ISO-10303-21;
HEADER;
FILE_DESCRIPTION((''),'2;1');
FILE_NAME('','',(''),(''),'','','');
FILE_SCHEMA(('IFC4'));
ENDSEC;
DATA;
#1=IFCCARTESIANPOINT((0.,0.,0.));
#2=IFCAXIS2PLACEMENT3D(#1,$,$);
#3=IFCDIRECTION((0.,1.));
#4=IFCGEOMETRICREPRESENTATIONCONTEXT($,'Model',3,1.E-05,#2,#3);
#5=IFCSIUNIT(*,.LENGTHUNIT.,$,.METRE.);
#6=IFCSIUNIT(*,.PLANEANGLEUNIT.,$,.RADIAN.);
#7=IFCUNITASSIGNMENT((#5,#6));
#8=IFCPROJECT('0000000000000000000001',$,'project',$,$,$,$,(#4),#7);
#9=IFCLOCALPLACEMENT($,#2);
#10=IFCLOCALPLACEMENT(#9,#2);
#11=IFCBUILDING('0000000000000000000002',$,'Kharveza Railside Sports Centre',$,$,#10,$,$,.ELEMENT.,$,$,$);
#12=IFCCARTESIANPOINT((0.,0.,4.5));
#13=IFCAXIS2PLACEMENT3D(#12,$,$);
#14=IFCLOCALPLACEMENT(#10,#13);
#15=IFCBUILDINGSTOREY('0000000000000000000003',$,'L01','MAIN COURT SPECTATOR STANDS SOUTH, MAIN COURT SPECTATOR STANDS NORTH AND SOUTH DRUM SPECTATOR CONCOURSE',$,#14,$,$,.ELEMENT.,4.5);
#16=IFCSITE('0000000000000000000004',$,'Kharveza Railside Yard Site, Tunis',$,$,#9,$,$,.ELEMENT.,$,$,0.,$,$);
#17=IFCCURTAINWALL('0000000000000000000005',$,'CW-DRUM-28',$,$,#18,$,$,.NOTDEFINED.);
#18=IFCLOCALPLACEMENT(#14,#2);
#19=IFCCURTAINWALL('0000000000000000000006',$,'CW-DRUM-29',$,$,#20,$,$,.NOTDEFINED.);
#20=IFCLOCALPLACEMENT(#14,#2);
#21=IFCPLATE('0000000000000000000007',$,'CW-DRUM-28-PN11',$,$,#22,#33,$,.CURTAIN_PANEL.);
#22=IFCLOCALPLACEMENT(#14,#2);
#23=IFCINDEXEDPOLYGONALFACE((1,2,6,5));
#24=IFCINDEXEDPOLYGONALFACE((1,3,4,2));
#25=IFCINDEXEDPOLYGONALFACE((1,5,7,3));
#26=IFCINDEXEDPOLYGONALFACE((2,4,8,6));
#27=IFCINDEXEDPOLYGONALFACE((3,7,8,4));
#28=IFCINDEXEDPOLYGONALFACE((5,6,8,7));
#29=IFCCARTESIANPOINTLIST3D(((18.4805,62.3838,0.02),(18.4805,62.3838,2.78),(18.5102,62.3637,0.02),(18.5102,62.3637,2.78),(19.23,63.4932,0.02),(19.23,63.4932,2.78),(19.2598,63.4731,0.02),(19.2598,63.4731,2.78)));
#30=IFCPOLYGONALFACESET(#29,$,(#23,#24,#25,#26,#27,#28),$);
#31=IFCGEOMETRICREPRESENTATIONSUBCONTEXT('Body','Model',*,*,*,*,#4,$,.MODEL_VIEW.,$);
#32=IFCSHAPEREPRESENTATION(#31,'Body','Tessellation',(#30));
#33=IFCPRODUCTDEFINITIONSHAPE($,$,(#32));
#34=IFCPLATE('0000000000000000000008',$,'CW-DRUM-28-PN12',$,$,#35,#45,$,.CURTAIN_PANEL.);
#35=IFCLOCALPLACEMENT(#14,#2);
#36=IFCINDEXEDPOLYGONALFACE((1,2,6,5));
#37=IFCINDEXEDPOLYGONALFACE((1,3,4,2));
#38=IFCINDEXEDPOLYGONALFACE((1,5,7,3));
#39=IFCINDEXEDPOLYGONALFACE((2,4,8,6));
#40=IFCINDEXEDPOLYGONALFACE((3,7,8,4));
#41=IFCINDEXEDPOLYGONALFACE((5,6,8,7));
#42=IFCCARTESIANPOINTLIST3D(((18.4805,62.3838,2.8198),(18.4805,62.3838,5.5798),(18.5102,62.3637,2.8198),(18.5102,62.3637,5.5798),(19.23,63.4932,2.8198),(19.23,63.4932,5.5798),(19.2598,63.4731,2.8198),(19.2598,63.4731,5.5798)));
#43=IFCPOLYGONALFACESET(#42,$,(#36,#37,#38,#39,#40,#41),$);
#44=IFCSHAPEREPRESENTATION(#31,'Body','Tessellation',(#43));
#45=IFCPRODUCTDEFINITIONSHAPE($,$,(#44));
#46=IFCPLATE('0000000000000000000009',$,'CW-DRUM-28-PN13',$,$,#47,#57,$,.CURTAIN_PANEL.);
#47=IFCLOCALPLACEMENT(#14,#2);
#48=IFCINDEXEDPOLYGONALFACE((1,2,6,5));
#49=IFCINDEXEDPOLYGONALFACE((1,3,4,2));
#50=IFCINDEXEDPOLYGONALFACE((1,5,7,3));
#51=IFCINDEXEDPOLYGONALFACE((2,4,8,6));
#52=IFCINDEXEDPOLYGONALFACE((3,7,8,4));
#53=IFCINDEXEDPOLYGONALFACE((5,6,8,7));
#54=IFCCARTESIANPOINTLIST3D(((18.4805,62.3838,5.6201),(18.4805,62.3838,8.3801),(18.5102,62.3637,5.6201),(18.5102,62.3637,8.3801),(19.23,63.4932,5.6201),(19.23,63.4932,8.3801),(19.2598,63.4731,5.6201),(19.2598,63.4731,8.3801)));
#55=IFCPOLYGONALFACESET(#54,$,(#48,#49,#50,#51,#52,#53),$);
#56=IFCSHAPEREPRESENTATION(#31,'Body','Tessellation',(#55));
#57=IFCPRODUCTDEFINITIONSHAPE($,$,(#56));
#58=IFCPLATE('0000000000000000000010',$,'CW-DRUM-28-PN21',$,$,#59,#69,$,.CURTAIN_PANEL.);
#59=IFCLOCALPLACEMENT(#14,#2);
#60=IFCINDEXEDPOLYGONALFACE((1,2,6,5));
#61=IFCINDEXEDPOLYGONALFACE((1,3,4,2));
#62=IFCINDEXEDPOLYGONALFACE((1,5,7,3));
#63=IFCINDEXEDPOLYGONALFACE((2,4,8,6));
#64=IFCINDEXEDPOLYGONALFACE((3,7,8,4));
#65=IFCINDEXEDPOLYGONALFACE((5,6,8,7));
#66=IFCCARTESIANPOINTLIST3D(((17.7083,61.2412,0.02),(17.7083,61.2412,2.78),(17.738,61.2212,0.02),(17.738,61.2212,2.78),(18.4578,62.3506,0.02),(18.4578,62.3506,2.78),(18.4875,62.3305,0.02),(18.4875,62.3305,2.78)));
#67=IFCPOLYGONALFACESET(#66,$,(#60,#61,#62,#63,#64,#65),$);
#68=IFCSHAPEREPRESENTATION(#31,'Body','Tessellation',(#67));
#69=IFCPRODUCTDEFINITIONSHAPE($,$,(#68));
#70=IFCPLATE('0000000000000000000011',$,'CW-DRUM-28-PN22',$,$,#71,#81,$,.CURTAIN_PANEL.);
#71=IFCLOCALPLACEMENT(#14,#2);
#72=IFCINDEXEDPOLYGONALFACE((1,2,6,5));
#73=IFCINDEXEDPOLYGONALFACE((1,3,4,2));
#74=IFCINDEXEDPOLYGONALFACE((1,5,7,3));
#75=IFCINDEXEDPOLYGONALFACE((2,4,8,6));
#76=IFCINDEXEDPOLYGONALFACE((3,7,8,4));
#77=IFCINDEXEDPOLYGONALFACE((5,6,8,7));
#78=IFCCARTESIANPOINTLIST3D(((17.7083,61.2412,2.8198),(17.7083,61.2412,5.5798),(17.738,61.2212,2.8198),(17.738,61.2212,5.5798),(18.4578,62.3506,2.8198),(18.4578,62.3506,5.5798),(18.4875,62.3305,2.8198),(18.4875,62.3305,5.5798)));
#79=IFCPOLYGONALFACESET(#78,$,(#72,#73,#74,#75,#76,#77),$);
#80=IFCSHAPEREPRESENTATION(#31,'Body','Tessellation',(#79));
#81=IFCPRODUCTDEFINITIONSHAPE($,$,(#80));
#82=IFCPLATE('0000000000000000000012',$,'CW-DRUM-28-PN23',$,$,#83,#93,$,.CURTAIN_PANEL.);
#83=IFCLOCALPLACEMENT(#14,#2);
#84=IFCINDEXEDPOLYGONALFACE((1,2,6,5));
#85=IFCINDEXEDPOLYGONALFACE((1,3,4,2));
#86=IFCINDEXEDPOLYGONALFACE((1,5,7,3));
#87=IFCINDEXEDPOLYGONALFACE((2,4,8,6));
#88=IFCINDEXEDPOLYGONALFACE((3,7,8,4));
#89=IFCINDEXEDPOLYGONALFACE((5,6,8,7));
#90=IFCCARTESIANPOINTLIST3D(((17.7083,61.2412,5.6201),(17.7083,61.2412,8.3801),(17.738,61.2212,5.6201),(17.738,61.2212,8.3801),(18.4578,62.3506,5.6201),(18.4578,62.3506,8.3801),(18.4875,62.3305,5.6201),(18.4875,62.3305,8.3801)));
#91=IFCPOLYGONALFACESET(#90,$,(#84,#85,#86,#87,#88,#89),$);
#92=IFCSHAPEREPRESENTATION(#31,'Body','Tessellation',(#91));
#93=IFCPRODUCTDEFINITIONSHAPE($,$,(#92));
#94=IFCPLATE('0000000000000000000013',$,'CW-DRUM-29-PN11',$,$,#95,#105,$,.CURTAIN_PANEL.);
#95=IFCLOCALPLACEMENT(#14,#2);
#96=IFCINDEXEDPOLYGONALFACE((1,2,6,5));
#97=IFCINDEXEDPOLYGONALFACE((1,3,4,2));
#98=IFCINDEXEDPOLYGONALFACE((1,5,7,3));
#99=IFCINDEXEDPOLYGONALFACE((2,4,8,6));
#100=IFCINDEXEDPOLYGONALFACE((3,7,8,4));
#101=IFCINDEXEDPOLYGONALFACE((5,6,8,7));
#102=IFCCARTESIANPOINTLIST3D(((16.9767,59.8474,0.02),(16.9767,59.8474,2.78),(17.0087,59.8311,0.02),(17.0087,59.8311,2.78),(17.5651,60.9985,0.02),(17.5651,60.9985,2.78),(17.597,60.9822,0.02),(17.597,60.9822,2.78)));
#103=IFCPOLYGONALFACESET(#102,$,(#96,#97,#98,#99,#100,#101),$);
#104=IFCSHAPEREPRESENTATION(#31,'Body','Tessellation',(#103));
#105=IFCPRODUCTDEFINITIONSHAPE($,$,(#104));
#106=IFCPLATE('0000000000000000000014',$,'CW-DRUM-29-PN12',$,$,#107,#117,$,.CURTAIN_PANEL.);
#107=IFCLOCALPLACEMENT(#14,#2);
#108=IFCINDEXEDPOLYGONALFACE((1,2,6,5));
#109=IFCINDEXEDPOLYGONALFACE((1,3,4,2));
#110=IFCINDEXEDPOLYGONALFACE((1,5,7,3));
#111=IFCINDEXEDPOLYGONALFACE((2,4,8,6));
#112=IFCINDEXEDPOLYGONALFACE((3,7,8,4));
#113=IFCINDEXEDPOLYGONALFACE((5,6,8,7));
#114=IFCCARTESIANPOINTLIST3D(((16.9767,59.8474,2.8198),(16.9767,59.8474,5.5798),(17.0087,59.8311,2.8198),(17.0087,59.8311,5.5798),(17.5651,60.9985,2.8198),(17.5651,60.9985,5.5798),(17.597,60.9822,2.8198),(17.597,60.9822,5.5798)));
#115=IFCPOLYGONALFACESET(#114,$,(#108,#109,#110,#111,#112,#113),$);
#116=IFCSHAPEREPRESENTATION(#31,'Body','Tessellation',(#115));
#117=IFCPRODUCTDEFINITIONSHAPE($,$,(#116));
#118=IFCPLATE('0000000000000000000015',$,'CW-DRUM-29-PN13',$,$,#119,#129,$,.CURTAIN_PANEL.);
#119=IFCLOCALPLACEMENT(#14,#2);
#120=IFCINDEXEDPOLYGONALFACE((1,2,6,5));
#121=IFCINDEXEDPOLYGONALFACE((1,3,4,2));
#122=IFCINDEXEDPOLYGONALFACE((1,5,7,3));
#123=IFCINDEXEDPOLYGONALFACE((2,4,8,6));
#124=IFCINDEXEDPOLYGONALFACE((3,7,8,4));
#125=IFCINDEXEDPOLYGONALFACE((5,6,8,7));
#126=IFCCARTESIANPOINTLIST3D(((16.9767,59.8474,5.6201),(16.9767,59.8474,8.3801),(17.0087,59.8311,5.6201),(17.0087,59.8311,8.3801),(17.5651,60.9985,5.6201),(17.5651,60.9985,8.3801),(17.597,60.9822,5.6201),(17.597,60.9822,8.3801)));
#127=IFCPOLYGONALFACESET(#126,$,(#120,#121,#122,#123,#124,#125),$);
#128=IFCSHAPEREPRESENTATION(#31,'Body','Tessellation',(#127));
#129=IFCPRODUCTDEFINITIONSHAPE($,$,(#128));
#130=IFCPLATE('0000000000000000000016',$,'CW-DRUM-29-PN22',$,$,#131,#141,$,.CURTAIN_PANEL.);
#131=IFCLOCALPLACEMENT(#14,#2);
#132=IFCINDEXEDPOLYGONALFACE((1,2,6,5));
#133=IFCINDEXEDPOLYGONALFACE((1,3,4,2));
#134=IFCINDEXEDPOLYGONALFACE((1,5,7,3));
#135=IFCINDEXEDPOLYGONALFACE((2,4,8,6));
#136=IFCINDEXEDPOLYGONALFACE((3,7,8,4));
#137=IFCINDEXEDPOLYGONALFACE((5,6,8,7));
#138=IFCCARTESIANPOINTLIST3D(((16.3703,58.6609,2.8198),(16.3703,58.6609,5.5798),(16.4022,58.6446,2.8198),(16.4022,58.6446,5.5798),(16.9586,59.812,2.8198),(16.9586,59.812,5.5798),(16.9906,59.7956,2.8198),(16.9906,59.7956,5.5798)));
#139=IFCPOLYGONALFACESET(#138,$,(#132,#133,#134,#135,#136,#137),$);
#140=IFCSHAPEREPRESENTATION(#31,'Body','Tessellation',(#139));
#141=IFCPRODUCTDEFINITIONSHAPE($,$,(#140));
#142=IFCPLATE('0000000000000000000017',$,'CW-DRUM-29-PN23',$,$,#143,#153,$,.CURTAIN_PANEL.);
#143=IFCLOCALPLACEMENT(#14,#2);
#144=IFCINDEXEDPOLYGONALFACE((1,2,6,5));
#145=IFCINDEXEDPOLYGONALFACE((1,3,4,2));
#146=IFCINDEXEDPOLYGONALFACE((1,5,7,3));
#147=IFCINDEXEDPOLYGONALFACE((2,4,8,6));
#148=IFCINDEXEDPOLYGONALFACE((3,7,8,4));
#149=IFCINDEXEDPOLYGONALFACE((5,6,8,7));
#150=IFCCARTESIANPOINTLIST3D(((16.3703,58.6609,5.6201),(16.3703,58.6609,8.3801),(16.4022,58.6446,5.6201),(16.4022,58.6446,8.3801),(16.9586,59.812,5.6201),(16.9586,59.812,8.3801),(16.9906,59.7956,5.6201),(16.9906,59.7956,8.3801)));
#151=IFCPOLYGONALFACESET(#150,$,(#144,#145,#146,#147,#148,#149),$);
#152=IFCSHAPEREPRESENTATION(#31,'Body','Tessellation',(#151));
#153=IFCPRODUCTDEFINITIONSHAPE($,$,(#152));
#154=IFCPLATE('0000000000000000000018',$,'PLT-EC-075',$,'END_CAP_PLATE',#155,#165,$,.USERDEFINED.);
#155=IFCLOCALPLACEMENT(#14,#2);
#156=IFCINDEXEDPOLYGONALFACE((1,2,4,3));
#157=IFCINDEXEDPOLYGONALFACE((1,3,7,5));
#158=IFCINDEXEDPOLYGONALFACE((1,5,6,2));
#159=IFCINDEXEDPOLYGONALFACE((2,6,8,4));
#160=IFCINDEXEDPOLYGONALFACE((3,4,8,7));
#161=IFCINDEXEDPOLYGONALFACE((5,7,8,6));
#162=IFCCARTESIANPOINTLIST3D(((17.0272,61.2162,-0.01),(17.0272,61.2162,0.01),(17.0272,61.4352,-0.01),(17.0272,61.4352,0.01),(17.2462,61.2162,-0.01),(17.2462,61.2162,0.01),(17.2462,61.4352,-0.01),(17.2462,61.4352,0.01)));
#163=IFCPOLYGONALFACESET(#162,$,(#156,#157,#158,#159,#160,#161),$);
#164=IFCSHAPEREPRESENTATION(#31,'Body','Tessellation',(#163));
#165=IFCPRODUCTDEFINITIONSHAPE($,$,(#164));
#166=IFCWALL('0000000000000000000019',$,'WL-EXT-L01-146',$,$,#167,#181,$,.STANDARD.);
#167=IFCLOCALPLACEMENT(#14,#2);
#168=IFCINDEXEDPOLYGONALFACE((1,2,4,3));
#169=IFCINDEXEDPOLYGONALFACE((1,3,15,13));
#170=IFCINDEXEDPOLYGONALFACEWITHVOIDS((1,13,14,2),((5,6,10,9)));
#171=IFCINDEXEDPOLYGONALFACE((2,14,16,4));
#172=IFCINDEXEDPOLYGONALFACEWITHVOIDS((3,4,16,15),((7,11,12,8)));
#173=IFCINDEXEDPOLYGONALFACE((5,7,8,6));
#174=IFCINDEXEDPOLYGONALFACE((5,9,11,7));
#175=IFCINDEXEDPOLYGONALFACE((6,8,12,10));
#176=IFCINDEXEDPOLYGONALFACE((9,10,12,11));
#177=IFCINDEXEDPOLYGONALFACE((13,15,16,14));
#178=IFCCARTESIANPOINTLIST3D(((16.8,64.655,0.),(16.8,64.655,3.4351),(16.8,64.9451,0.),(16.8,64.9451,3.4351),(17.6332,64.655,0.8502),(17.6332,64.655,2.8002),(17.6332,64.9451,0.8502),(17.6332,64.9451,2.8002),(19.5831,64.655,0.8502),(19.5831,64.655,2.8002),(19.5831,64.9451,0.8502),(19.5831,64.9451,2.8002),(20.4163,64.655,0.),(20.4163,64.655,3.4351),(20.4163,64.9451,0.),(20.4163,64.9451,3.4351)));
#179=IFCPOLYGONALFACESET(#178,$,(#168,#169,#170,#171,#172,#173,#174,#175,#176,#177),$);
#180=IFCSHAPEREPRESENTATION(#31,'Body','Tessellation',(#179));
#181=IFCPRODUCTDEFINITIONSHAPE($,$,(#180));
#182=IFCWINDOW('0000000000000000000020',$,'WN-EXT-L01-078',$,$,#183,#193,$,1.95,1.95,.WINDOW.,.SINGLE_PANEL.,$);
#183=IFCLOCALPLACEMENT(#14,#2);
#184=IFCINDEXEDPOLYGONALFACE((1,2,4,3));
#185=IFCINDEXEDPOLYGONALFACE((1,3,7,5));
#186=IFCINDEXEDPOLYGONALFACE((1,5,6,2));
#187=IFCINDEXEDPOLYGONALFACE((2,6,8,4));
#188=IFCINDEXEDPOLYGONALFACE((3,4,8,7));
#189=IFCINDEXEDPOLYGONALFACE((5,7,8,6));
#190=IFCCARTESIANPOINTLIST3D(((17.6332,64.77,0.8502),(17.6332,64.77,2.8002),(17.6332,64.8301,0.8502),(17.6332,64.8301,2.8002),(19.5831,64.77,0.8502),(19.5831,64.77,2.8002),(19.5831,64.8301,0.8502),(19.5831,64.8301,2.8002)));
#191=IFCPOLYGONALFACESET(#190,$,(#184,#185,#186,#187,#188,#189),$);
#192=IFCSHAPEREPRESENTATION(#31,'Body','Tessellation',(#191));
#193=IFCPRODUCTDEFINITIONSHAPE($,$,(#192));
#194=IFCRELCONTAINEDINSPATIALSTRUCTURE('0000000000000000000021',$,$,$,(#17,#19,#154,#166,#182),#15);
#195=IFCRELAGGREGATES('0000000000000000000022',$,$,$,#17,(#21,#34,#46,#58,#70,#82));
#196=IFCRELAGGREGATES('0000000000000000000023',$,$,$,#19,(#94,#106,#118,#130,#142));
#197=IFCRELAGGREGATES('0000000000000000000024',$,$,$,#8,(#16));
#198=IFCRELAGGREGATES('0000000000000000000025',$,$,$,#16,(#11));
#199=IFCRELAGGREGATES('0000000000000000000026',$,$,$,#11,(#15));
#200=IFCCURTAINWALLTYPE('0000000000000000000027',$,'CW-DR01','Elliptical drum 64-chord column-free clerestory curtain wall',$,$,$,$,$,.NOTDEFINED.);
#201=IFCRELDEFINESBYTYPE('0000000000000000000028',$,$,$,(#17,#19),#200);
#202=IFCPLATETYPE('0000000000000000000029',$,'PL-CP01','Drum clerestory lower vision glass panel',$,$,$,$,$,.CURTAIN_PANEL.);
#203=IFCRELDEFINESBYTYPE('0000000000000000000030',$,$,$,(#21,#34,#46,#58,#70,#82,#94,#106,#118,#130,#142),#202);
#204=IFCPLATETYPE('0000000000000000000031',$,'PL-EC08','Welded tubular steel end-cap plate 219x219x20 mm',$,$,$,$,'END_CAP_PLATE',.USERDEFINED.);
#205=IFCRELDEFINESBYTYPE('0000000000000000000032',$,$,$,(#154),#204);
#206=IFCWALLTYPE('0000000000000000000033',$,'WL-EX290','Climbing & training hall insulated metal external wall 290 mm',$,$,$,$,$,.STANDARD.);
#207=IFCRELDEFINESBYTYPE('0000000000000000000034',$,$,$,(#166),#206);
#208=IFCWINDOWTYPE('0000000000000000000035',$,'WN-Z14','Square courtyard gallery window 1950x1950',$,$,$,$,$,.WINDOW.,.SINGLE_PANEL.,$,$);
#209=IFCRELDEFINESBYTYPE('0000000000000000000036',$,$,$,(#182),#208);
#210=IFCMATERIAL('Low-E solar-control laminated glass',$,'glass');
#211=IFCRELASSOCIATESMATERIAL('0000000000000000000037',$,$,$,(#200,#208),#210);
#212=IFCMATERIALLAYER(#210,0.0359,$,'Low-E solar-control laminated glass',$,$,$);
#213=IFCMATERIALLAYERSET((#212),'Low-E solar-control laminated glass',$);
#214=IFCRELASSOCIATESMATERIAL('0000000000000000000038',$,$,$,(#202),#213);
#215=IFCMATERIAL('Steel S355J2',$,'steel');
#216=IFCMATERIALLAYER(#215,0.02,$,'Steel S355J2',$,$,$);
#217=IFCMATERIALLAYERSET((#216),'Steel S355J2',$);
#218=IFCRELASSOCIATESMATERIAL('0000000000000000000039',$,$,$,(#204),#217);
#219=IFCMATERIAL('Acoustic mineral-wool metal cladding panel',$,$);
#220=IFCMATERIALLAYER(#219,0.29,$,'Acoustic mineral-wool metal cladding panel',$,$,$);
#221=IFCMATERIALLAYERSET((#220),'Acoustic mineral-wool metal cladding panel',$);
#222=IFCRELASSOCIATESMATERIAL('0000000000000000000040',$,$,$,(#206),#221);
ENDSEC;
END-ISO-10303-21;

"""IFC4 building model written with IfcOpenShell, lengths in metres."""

from ifc_helpers import new_model, si_unit, direction, frame, frame_2d, origin, origin_2d, place, context, subcontext, project, spatial, rectangle, extrude, material, layer, layer_set, type_object, element, fill, aggregate, save


model = new_model("IFC4")

# Units and contexts
model_context = context("Model", 3, precision=1e-05, world=origin(), true_north=direction((0.0, 1.0)))
body_context = subcontext(model_context, "Body", "Model", "MODEL_VIEW")
ifc_project = project(units=[si_unit("LENGTHUNIT", "METRE"), si_unit("PLANEANGLEUNIT", "RADIAN")], contexts=[model_context])

# Site, building, storey
site_placement = place(None, origin())
site = spatial("IfcSite", under=ifc_project, at=site_placement, Name="Kharveza Railside Yard Site, Tunis", CompositionType="ELEMENT", RefElevation=0.0)
building_placement = place(site_placement, origin())
building = spatial("IfcBuilding", under=site, at=building_placement, Name="Kharveza Railside Sports Centre", CompositionType="ELEMENT")
storey_placement = place(building_placement, frame((0.0, 0.0, 4.5)))
storey = spatial("IfcBuildingStorey", under=building, at=storey_placement, Name="L01", Description="MAIN COURT SPECTATOR STANDS SOUTH, MAIN COURT SPECTATOR STANDS NORTH AND SOUTH DRUM SPECTATOR CONCOURSE", CompositionType="ELEMENT", Elevation=4.5)

# Shared definitions
ifc_material_1 = material(Name="Steel S355J2", Category="steel")

# Curtain walls
ifc_material_2 = material(Name="Low-E solar-control laminated glass", Category="glass")
curtain_wall_type = type_object("IfcCurtainWallType", Name="CW-DR01", Description="Elliptical drum 64-chord column-free clerestory curtain wall", PredefinedType="NOTDEFINED", material=ifc_material_2)
curtain_wall_1_placement = place(storey_placement, origin())
curtain_wall_1 = element("IfcCurtainWall", 1, at=curtain_wall_1_placement, inside=storey, type_object=curtain_wall_type, Name="CW-DRUM-28", PredefinedType="NOTDEFINED")
curtain_wall_2_placement = place(storey_placement, origin())
curtain_wall_2 = element("IfcCurtainWall", 2, at=curtain_wall_2_placement, inside=storey, type_object=curtain_wall_type, Name="CW-DRUM-29", PredefinedType="NOTDEFINED")

# Plates
ifc_layer_1 = layer(ifc_material_2, 0.0359, Name="Low-E solar-control laminated glass")
ifc_layer_set_1 = layer_set([ifc_layer_1], Name="Low-E solar-control laminated glass")
plate_type_1 = type_object("IfcPlateType", Name="PL-CP01", Description="Drum clerestory lower vision glass panel", PredefinedType="CURTAIN_PANEL", material=ifc_layer_set_1)
plate_1_placement = place(storey_placement, frame((18.8701, 62.9285, 0.02), z_axis=(0.0, 0.0, 1.0), x_axis=(-0.559844, -0.828598, 0.0)))
plate_1 = element("IfcPlate", 3, at=plate_1_placement, type_object=plate_type_1, Name="CW-DRUM-28-PN11", PredefinedType="CURTAIN_PANEL", context=body_context, shape_type="SweptSolid", body=[
    extrude(rectangle(XDim=1.3389, YDim=0.0359, at=origin_2d()), origin(), (0.0, 0.0, 1.0), 2.76),
])
plate_2_placement = place(storey_placement, frame((18.8701, 62.9285, 2.8198), z_axis=(0.0, 0.0, 1.0), x_axis=(-0.559844, -0.828598, 0.0)))
plate_2 = element("IfcPlate", 4, at=plate_2_placement, type_object=plate_type_1, Name="CW-DRUM-28-PN12", PredefinedType="CURTAIN_PANEL", context=body_context, shape_type="SweptSolid", body=[
    extrude(rectangle(XDim=1.3389, YDim=0.0359, at=origin_2d()), origin(), (0.0, 0.0, 1.0), 2.76),
])
plate_3_placement = place(storey_placement, frame((18.8701, 62.9285, 5.6201), z_axis=(0.0, 0.0, 1.0), x_axis=(-0.559844, -0.828598, 0.0)))
plate_3 = element("IfcPlate", 5, at=plate_3_placement, type_object=plate_type_1, Name="CW-DRUM-28-PN13", PredefinedType="CURTAIN_PANEL", context=body_context, shape_type="SweptSolid", body=[
    extrude(rectangle(XDim=1.3389, YDim=0.0359, at=origin_2d()), origin(), (0.0, 0.0, 1.0), 2.76),
])
plate_4_placement = place(storey_placement, frame((18.0979, 61.7859, 0.02), z_axis=(0.0, 0.0, 1.0), x_axis=(-0.559844, -0.828598, 0.0)))
plate_4 = element("IfcPlate", 6, at=plate_4_placement, type_object=plate_type_1, Name="CW-DRUM-28-PN21", PredefinedType="CURTAIN_PANEL", context=body_context, shape_type="SweptSolid", body=[
    extrude(rectangle(XDim=1.3389, YDim=0.0359, at=origin_2d()), origin(), (0.0, 0.0, 1.0), 2.76),
])
plate_5_placement = place(storey_placement, frame((18.0979, 61.7859, 2.8198), z_axis=(0.0, 0.0, 1.0), x_axis=(-0.559844, -0.828598, 0.0)))
plate_5 = element("IfcPlate", 7, at=plate_5_placement, type_object=plate_type_1, Name="CW-DRUM-28-PN22", PredefinedType="CURTAIN_PANEL", context=body_context, shape_type="SweptSolid", body=[
    extrude(rectangle(XDim=1.3389, YDim=0.0359, at=origin_2d()), origin(), (0.0, 0.0, 1.0), 2.76),
])
plate_6_placement = place(storey_placement, frame((18.0979, 61.7859, 5.6201), z_axis=(0.0, 0.0, 1.0), x_axis=(-0.559844, -0.828598, 0.0)))
plate_6 = element("IfcPlate", 8, at=plate_6_placement, type_object=plate_type_1, Name="CW-DRUM-28-PN23", PredefinedType="CURTAIN_PANEL", context=body_context, shape_type="SweptSolid", body=[
    extrude(rectangle(XDim=1.3389, YDim=0.0359, at=origin_2d()), origin(), (0.0, 0.0, 1.0), 2.76),
])
aggregate(curtain_wall_1, [plate_1, plate_2, plate_3, plate_4, plate_5, plate_6])
plate_7_placement = place(storey_placement, frame((17.2869, 60.4148, 0.02), z_axis=(0.0, 0.0, 1.0), x_axis=(-0.455141, -0.890419, 0.0)))
plate_7 = element("IfcPlate", 9, at=plate_7_placement, type_object=plate_type_1, Name="CW-DRUM-29-PN11", PredefinedType="CURTAIN_PANEL", context=body_context, shape_type="SweptSolid", body=[
    extrude(rectangle(XDim=1.2927, YDim=0.0359, at=origin_2d()), origin(), (0.0, 0.0, 1.0), 2.76),
])
plate_8_placement = place(storey_placement, frame((17.2869, 60.4148, 2.8198), z_axis=(0.0, 0.0, 1.0), x_axis=(-0.455141, -0.890419, 0.0)))
plate_8 = element("IfcPlate", 10, at=plate_8_placement, type_object=plate_type_1, Name="CW-DRUM-29-PN12", PredefinedType="CURTAIN_PANEL", context=body_context, shape_type="SweptSolid", body=[
    extrude(rectangle(XDim=1.2927, YDim=0.0359, at=origin_2d()), origin(), (0.0, 0.0, 1.0), 2.76),
])
plate_9_placement = place(storey_placement, frame((17.2869, 60.4148, 5.6201), z_axis=(0.0, 0.0, 1.0), x_axis=(-0.455141, -0.890419, 0.0)))
plate_9 = element("IfcPlate", 11, at=plate_9_placement, type_object=plate_type_1, Name="CW-DRUM-29-PN13", PredefinedType="CURTAIN_PANEL", context=body_context, shape_type="SweptSolid", body=[
    extrude(rectangle(XDim=1.2927, YDim=0.0359, at=origin_2d()), origin(), (0.0, 0.0, 1.0), 2.76),
])
plate_10_placement = place(storey_placement, frame((16.6804, 59.2283, 2.8198), z_axis=(0.0, 0.0, 1.0), x_axis=(-0.455141, -0.890419, 0.0)))
plate_10 = element("IfcPlate", 12, at=plate_10_placement, type_object=plate_type_1, Name="CW-DRUM-29-PN22", PredefinedType="CURTAIN_PANEL", context=body_context, shape_type="SweptSolid", body=[
    extrude(rectangle(XDim=1.2927, YDim=0.0359, at=origin_2d()), origin(), (0.0, 0.0, 1.0), 2.76),
])
plate_11_placement = place(storey_placement, frame((16.6804, 59.2283, 5.6201), z_axis=(0.0, 0.0, 1.0), x_axis=(-0.455141, -0.890419, 0.0)))
plate_11 = element("IfcPlate", 13, at=plate_11_placement, type_object=plate_type_1, Name="CW-DRUM-29-PN23", PredefinedType="CURTAIN_PANEL", context=body_context, shape_type="SweptSolid", body=[
    extrude(rectangle(XDim=1.2927, YDim=0.0359, at=origin_2d()), origin(), (0.0, 0.0, 1.0), 2.76),
])
aggregate(curtain_wall_2, [plate_7, plate_8, plate_9, plate_10, plate_11])
ifc_layer_2 = layer(ifc_material_1, 0.02, Name="Steel S355J2")
ifc_layer_set_2 = layer_set([ifc_layer_2], Name="Steel S355J2")
plate_type_2 = type_object("IfcPlateType", Name="PL-EC08", Description="Welded tubular steel end-cap plate 219x219x20 mm", ElementType="END_CAP_PLATE", PredefinedType="USERDEFINED", material=ifc_layer_set_2)
plate_12_placement = place(storey_placement, frame((17.1367, 61.3257, -0.01), z_axis=(0.0, 0.0, 1.0), x_axis=(1.0, 0.0, 0.0)))
element("IfcPlate", 14, at=plate_12_placement, inside=storey, type_object=plate_type_2, Name="PLT-EC-075", ObjectType="END_CAP_PLATE", PredefinedType="USERDEFINED", context=body_context, shape_type="SweptSolid", body=[
    extrude(rectangle(XDim=0.219, YDim=0.219, at=origin_2d()), origin(), (0.0, 0.0, 1.0), 0.02),
])

# Wall, opening, window
ifc_material_3 = material(Name="Acoustic mineral-wool metal cladding panel")
ifc_layer_3 = layer(ifc_material_3, 0.29, Name="Acoustic mineral-wool metal cladding panel")
ifc_layer_set_3 = layer_set([ifc_layer_3], Name="Acoustic mineral-wool metal cladding panel")
wall_type = type_object("IfcWallType", Name="WL-EX290", Description="Climbing & training hall insulated metal external wall 290 mm", PredefinedType="STANDARD", material=ifc_layer_set_3)
wall_placement = place(storey_placement, frame((16.8, 64.8, 0.0), z_axis=(0.0, 0.0, 1.0), x_axis=(1.0, 0.0, 0.0)))
wall = element("IfcWall", 15, at=wall_placement, inside=storey, type_object=wall_type, Name="WL-EXT-L01-146", PredefinedType="STANDARD", context=body_context, shape_type="SweptSolid", body=[
    extrude(rectangle(XDim=3.6162, YDim=0.29, at=frame_2d((1.8081, 0.0))), origin(), (0.0, 0.0, 1.0), 3.4351),
])
opening_placement = place(wall_placement, frame((0.833, 0.0, 0.8501)))
opening = element("IfcOpeningElement", 16, at=opening_placement, cuts=wall, PredefinedType="OPENING", context=body_context, shape_type="SweptSolid", body=[
    extrude(rectangle(XDim=1.95, YDim=1.95, at=frame_2d((0.9751, 0.9751))), frame((0.0, 0.1699, 0.0), z_axis=(0.0, -1.0, 0.0), x_axis=(1.0, 0.0, 0.0)), (0.0, 0.0, 1.0), 0.3398),
])
window_type = type_object("IfcWindowType", Name="WN-Z14", Description="Square courtyard gallery window 1950x1950", PartitioningType="SINGLE_PANEL", PredefinedType="WINDOW", material=ifc_material_2)
window_placement = place(opening_placement, origin())
window = element("IfcWindow", 17, at=window_placement, inside=storey, type_object=window_type, Name="WN-EXT-L01-078", OverallHeight=1.95, OverallWidth=1.95, PartitioningType="SINGLE_PANEL", PredefinedType="WINDOW", context=body_context, shape_type="SweptSolid", body=[
    extrude(rectangle(XDim=1.95, YDim=1.95, at=frame_2d((0.9751, 0.9751))), frame((0.0, 0.03, 0.0), z_axis=(0.0, -1.0, 0.0), x_axis=(1.0, 0.0, 0.0)), (0.0, 0.0, 1.0), 0.0601),
])
fill(opening, window)

save(model, "model.ifc")
